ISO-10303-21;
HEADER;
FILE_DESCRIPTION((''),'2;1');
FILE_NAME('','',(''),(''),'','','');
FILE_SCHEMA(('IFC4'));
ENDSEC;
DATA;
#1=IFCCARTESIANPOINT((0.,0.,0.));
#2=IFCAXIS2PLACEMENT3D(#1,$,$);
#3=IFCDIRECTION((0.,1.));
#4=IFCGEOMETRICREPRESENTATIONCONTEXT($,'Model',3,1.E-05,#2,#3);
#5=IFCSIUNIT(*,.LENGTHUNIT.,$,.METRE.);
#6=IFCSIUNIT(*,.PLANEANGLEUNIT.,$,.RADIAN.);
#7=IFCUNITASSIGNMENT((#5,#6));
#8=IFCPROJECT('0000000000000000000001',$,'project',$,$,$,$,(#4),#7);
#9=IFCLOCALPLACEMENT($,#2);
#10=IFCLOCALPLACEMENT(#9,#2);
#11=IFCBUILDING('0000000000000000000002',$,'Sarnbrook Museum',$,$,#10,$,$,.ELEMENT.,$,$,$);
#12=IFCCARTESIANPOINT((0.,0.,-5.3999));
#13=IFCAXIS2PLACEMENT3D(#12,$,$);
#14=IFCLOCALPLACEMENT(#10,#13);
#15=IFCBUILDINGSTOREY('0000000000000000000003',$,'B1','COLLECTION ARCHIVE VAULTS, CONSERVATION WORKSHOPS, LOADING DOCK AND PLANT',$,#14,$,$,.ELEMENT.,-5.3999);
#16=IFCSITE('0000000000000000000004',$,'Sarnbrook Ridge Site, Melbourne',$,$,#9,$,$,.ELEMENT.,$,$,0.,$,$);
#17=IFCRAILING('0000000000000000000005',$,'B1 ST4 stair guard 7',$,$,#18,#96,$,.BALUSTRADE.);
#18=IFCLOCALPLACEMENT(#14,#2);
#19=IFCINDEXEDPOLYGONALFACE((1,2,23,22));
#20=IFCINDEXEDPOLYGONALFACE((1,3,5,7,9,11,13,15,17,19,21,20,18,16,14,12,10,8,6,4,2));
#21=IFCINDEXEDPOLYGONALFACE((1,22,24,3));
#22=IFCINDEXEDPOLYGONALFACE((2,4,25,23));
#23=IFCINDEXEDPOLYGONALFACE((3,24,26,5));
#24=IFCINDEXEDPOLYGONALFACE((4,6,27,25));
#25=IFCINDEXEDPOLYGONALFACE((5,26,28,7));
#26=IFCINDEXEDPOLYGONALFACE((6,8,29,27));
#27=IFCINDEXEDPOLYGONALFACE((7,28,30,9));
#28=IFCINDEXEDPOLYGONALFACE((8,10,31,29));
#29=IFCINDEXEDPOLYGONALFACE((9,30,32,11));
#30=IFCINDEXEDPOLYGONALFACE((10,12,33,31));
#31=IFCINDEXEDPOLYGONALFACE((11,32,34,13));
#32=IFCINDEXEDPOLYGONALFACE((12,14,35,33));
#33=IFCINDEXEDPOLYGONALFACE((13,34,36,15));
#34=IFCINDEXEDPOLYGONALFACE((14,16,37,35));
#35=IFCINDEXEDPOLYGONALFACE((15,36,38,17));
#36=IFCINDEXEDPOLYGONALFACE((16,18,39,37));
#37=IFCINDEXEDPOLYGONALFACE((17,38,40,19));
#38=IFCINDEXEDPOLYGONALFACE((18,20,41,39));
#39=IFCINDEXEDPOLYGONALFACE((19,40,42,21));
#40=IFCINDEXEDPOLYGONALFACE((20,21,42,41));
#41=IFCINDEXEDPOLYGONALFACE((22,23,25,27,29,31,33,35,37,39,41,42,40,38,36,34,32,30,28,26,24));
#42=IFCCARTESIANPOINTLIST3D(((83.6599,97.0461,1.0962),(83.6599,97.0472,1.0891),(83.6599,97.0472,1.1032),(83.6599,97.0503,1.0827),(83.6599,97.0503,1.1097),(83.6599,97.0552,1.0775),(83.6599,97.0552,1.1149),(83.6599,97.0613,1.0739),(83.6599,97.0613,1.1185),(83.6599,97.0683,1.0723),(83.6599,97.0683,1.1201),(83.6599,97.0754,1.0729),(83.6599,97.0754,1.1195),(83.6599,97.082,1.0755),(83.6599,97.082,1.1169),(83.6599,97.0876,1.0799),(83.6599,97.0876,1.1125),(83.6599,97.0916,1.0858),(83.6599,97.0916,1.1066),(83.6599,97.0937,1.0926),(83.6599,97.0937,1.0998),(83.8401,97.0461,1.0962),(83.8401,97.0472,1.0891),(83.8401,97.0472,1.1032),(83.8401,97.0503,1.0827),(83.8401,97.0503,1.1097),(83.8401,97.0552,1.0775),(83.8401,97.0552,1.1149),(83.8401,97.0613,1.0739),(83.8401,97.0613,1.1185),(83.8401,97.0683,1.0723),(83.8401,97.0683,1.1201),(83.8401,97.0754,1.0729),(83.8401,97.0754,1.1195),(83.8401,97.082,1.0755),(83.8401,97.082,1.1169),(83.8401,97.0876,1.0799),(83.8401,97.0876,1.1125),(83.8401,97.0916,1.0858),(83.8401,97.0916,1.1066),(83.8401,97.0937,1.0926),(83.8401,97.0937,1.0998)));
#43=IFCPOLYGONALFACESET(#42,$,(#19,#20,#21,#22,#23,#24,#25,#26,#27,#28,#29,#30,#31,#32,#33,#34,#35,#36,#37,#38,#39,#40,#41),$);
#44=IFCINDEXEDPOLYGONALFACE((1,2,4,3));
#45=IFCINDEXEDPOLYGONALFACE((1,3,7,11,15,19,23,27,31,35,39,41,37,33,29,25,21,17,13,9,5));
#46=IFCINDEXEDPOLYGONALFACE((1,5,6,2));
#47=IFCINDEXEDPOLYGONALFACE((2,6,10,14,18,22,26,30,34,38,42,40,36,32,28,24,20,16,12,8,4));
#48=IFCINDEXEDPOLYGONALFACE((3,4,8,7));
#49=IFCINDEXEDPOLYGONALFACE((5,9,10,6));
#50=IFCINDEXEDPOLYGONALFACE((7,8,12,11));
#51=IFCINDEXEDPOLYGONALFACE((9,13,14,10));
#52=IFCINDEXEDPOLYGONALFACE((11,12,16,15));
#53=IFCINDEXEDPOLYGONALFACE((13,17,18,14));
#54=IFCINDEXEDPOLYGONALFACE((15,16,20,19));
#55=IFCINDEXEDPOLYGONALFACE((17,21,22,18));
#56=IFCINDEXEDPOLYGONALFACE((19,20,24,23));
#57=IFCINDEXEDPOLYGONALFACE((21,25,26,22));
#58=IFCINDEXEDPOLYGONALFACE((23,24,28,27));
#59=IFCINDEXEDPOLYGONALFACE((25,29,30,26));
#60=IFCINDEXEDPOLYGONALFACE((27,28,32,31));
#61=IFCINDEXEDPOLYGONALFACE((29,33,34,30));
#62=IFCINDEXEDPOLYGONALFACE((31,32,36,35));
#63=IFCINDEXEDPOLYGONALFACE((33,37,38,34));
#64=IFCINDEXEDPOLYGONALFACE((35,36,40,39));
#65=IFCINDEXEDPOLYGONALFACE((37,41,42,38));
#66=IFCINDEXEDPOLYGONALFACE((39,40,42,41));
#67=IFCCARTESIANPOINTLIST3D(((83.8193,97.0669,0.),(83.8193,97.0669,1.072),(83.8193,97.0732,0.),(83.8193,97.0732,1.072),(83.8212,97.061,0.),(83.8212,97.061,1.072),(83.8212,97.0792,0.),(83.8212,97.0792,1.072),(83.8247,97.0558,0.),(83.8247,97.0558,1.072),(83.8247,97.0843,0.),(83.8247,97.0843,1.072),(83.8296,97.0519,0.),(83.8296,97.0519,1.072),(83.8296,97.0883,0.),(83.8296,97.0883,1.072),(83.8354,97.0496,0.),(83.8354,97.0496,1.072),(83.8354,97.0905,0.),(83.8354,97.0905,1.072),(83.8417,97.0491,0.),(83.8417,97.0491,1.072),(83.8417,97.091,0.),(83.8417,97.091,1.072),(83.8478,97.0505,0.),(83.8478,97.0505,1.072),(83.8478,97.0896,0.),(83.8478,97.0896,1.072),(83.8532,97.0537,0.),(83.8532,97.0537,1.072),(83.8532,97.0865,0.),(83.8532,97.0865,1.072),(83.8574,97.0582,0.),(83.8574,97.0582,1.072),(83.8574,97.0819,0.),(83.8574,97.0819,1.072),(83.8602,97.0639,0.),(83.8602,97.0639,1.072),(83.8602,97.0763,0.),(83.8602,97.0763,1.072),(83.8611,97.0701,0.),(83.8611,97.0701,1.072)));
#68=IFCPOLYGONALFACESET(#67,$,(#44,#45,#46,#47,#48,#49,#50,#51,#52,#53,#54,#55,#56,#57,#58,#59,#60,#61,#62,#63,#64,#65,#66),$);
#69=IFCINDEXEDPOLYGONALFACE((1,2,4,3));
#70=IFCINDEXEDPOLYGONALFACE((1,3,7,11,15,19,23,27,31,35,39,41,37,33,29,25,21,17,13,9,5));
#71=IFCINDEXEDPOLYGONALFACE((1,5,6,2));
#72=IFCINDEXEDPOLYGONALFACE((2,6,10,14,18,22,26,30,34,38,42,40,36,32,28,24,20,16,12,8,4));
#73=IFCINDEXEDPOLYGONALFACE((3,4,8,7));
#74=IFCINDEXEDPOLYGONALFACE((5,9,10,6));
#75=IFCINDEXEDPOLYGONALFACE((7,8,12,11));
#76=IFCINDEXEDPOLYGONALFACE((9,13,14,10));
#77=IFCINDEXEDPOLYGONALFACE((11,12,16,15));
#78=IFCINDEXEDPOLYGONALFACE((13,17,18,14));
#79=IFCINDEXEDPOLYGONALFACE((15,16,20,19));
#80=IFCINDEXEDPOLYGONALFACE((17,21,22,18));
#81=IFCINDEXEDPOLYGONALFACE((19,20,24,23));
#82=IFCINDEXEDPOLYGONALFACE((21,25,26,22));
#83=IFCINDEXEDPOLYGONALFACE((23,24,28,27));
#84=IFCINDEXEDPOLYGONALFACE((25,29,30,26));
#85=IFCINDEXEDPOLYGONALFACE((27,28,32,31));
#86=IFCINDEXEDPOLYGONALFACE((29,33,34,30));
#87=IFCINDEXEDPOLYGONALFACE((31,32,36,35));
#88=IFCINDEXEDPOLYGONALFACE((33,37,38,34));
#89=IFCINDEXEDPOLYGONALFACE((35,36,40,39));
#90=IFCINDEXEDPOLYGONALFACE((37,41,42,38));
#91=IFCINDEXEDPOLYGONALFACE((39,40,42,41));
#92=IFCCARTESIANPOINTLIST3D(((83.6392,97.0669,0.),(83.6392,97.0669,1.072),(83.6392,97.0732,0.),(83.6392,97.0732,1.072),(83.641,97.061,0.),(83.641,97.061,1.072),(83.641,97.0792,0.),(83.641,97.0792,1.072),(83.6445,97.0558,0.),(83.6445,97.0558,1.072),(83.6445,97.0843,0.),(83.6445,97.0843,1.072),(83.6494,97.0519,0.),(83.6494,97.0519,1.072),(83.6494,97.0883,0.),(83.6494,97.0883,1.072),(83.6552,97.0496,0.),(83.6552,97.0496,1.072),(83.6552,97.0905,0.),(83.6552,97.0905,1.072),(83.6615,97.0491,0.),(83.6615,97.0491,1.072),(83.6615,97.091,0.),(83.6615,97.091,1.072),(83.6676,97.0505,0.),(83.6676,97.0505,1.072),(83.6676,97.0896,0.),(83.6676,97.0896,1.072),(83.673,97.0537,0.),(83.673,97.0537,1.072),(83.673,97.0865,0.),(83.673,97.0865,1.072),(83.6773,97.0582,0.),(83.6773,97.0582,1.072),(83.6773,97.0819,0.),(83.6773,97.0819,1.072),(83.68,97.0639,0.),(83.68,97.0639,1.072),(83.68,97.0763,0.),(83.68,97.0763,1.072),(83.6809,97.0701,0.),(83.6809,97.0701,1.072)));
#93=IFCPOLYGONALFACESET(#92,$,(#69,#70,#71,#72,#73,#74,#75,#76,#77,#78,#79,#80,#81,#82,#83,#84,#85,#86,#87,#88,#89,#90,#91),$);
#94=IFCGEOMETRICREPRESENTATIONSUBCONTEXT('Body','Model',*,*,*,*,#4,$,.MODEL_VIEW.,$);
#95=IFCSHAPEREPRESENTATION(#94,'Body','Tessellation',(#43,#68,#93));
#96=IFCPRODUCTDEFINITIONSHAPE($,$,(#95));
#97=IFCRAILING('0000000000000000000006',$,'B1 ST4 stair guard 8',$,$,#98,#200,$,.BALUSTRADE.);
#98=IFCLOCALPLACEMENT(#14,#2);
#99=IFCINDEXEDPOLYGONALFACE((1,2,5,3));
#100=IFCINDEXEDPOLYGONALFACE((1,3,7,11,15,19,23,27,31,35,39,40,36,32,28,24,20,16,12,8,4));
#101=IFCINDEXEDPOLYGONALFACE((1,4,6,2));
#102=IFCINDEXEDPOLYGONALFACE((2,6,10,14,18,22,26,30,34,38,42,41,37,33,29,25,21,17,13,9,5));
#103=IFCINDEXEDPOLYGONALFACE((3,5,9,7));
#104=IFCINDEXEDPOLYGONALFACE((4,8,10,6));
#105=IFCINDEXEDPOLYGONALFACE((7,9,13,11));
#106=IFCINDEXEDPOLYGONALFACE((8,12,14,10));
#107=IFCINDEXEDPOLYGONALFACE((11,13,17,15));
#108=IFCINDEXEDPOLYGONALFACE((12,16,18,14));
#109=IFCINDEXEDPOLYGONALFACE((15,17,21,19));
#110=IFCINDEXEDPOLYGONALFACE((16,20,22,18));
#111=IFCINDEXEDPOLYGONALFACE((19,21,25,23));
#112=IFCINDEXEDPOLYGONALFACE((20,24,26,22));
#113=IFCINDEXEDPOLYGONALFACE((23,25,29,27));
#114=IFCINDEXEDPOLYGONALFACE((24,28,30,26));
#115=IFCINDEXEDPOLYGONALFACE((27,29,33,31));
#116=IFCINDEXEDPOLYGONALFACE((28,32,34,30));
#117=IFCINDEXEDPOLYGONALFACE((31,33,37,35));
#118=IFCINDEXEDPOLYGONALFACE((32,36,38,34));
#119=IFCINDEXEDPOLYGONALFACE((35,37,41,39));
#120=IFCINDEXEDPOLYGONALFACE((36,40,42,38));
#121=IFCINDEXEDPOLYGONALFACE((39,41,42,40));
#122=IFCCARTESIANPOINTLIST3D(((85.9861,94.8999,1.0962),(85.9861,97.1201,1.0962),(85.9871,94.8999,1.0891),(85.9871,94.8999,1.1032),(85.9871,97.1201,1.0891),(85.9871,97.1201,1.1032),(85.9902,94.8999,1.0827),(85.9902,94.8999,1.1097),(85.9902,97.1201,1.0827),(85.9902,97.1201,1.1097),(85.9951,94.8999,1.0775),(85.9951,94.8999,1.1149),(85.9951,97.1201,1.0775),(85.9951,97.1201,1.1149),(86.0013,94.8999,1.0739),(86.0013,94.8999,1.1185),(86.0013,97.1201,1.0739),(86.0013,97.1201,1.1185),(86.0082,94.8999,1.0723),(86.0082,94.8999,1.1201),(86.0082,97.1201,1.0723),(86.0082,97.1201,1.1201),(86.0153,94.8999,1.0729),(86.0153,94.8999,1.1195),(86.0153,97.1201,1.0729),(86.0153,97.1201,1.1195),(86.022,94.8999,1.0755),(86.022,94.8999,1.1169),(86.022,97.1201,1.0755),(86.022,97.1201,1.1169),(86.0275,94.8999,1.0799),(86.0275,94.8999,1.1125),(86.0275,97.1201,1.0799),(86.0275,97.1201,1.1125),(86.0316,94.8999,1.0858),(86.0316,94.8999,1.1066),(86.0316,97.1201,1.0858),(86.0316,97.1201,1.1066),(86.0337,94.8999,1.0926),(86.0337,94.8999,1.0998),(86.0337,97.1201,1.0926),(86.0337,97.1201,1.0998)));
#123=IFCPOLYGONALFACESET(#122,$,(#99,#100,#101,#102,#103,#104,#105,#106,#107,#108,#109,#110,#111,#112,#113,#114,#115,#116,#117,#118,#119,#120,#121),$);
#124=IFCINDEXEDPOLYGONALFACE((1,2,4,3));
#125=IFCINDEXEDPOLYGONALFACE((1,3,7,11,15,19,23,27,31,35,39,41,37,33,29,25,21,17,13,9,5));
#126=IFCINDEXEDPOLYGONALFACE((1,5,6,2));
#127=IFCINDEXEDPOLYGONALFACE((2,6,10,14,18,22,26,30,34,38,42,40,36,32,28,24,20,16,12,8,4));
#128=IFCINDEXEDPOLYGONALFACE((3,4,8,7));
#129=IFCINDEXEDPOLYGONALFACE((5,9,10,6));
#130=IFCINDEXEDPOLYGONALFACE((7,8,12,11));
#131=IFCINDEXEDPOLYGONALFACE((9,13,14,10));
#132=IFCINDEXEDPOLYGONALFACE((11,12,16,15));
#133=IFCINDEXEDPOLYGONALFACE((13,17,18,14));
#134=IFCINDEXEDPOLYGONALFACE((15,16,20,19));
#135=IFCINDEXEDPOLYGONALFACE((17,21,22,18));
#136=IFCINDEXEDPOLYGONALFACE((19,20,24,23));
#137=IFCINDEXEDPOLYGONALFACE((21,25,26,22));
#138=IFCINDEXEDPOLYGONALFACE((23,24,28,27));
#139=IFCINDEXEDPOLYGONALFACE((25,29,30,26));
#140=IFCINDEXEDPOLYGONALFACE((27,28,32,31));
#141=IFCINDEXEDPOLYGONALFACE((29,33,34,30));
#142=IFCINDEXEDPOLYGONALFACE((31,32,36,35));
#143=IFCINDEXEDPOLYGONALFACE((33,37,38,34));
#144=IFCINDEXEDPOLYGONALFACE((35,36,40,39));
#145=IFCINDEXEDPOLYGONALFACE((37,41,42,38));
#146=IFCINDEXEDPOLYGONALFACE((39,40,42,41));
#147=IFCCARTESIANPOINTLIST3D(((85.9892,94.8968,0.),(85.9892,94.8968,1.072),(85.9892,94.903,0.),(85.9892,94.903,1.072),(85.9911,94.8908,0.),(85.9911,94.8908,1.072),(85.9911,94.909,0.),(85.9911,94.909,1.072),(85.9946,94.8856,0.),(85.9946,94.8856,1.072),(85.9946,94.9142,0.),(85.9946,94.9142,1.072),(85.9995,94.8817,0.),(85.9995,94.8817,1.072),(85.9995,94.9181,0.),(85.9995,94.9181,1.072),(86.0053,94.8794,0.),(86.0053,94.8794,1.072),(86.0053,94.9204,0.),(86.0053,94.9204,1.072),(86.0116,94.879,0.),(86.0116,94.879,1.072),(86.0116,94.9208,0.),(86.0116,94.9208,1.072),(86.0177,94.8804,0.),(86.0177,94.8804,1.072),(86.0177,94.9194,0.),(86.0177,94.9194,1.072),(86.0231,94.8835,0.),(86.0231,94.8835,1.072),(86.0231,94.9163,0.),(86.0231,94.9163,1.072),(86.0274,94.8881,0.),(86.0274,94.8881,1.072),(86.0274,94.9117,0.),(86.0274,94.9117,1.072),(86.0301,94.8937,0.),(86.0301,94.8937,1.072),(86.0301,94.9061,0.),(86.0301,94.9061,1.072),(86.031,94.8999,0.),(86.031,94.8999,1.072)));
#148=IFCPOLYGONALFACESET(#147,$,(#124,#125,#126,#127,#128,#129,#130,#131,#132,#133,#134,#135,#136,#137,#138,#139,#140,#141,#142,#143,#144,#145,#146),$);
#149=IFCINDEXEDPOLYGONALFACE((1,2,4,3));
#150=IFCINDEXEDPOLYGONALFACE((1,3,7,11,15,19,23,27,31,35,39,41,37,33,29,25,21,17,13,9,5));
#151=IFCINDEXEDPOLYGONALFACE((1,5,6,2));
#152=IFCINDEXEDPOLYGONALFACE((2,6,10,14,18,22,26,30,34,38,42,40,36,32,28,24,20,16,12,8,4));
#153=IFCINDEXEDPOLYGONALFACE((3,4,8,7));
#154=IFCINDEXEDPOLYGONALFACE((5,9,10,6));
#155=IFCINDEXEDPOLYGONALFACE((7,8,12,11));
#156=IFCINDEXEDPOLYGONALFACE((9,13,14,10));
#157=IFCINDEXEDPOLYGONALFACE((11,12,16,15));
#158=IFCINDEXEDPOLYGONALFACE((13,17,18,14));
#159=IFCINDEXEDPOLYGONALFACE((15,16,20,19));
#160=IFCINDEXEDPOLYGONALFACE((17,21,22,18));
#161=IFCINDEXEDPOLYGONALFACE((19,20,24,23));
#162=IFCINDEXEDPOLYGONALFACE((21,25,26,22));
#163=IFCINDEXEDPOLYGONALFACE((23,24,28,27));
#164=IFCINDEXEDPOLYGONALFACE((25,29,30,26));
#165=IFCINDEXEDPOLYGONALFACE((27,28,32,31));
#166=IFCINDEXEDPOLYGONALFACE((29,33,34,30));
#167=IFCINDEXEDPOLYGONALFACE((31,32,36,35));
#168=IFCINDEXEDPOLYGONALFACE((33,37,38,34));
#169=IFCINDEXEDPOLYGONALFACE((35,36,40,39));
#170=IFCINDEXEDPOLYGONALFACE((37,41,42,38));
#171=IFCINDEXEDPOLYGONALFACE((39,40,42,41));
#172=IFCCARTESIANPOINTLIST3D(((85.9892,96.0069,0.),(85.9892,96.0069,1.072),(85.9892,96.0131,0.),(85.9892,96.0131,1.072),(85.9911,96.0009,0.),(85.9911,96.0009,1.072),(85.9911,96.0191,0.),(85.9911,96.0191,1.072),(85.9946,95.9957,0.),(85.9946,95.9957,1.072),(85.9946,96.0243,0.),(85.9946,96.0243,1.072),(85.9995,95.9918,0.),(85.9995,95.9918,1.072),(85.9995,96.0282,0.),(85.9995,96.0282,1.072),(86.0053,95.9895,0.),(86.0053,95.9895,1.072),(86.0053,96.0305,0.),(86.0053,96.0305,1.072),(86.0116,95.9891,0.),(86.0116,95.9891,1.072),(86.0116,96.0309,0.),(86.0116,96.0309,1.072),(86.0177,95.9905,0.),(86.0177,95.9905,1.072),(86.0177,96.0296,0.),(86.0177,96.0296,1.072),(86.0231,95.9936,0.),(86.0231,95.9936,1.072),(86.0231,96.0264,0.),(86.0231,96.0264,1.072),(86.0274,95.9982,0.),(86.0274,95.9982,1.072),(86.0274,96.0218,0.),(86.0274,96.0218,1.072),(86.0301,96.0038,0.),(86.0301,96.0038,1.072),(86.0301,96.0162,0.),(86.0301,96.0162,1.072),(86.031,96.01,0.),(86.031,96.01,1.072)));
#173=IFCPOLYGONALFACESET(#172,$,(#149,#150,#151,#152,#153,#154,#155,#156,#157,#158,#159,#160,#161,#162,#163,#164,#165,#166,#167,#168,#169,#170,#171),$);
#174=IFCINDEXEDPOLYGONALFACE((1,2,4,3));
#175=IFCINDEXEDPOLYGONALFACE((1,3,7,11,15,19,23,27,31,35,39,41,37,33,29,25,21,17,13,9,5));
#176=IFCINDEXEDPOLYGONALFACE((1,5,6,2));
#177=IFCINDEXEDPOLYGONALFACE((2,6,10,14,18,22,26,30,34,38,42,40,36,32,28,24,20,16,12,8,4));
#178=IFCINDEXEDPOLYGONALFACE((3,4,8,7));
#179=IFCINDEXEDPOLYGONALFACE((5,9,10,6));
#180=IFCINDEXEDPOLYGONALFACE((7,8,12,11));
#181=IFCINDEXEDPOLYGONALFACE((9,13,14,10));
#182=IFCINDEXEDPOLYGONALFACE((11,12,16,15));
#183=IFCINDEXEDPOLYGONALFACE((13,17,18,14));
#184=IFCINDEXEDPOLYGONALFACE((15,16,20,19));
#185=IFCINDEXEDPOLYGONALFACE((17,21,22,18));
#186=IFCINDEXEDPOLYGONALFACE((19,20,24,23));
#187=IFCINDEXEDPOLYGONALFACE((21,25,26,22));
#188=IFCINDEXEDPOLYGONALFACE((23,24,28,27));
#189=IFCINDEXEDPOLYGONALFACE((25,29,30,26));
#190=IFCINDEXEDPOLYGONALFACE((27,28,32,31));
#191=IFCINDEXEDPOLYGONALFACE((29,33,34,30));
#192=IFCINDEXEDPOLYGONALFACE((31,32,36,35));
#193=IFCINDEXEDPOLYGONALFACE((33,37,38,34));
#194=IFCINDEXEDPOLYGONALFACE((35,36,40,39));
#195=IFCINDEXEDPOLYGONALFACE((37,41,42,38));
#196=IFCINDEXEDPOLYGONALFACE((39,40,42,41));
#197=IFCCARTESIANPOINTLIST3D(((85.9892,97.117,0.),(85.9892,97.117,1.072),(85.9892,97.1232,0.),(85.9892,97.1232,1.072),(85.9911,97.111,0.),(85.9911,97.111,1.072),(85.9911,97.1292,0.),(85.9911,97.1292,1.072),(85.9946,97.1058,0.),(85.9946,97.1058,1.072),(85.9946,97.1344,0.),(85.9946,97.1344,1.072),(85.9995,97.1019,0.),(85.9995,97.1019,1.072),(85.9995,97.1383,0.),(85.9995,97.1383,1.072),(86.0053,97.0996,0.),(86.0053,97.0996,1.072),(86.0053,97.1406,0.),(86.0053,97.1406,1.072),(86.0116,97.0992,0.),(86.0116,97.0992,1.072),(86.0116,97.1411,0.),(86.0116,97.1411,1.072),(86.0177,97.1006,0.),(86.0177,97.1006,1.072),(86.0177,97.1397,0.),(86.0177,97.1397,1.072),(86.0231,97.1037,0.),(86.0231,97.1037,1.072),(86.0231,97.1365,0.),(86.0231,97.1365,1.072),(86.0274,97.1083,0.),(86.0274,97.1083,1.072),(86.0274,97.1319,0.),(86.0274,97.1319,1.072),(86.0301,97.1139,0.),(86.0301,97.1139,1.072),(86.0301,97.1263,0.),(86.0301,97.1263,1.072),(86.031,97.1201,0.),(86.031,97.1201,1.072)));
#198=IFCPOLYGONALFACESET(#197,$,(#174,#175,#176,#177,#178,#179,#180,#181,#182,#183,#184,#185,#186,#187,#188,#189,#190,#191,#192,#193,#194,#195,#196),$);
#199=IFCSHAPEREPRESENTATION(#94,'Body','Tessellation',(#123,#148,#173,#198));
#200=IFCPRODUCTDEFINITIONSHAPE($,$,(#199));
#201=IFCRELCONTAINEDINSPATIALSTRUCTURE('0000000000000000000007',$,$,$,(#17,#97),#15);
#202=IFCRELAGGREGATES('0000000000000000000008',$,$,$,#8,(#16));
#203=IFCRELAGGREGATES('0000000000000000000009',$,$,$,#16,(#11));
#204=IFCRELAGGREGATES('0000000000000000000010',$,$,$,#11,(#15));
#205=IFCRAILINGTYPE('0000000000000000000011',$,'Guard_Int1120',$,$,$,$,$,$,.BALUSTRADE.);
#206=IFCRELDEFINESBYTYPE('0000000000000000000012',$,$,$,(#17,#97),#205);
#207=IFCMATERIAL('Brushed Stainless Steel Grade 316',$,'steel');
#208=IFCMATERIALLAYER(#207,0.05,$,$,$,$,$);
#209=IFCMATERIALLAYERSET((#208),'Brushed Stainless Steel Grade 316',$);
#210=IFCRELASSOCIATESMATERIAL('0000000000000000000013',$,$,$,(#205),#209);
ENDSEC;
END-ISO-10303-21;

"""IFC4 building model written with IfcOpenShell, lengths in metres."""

from ifc_helpers import new_model, si_unit, direction, frame, origin, origin_2d, place, context, subcontext, project, spatial, circle, extrude, material, layer, layer_set, type_object, element, save


model = new_model("IFC4")

# Units and contexts
model_context = context("Model", 3, precision=1e-05, world=origin(), true_north=direction((0.0, 1.0)))
body_context = subcontext(model_context, "Body", "Model", "MODEL_VIEW")
ifc_project = project(units=[si_unit("LENGTHUNIT", "METRE"), si_unit("PLANEANGLEUNIT", "RADIAN")], contexts=[model_context])

# Site, building, storey
site_placement = place(None, origin())
site = spatial("IfcSite", under=ifc_project, at=site_placement, Name="Sarnbrook Ridge Site, Melbourne", CompositionType="ELEMENT", RefElevation=0.0)
building_placement = place(site_placement, origin())
building = spatial("IfcBuilding", under=site, at=building_placement, Name="Sarnbrook Museum", CompositionType="ELEMENT")
storey_placement = place(building_placement, frame((0.0, 0.0, -5.3999)))
storey = spatial("IfcBuildingStorey", under=building, at=storey_placement, Name="B1", Description="COLLECTION ARCHIVE VAULTS, CONSERVATION WORKSHOPS, LOADING DOCK AND PLANT", CompositionType="ELEMENT", Elevation=-5.3999)

# Shared definitions
ifc_material_1 = material(Name="Brushed Stainless Steel Grade 316", Category="steel")

# Railings
ifc_layer_1 = layer(ifc_material_1, 0.05)
ifc_layer_set_1 = layer_set([ifc_layer_1], Name="Brushed Stainless Steel Grade 316")
railing_type_1 = type_object("IfcRailingType", Name="Guard_Int1120", PredefinedType="BALUSTRADE", material=ifc_layer_set_1)
railing_1_placement = place(storey_placement, frame((83.8401, 97.0701, 0.0)))
element("IfcRailing", 1, at=railing_1_placement, inside=storey, type_object=railing_type_1, Name="B1 ST4 stair guard 7", PredefinedType="BALUSTRADE", context=body_context, shape_type="SweptSolid", body=[
    extrude(circle(Radius=0.0239, at=origin_2d()), frame((0.0, 0.0, 1.0962), z_axis=(-1.0, 0.0, 0.0), x_axis=(0.0, -1.0, 0.0)), (0.0, 0.0, 1.0), 0.1802),
    extrude(circle(Radius=0.021, at=origin_2d()), origin(), (0.0, 0.0, 1.0), 1.072),
    extrude(circle(Radius=0.021, at=origin_2d()), frame((-0.1802, 0.0, 0.0)), (0.0, 0.0, 1.0), 1.072),
])
for number, where, name in (
    (2, (86.01, 94.8999, 0.0), "B1 ST4 stair guard 8"),
):
    element("IfcRailing", number, at=place(storey_placement, frame(where)), inside=storey, type_object=railing_type_1, Name=name, PredefinedType="BALUSTRADE", context=body_context, shape_type="SweptSolid", body=[
        extrude(circle(Radius=0.0239, at=origin_2d()), frame((0.0, 0.0, 1.0962), z_axis=(0.0, 1.0, 0.0), x_axis=(-1.0, 0.0, 0.0)), (0.0, 0.0, 1.0), 2.2202),
        extrude(circle(Radius=0.021, at=origin_2d()), origin(), (0.0, 0.0, 1.0), 1.072),
        extrude(circle(Radius=0.021, at=origin_2d()), frame((0.0, 1.1101, 0.0)), (0.0, 0.0, 1.0), 1.072),
        extrude(circle(Radius=0.021, at=origin_2d()), frame((0.0, 2.2202, 0.0)), (0.0, 0.0, 1.0), 1.072),
    ])

save(model, "model.ifc")
